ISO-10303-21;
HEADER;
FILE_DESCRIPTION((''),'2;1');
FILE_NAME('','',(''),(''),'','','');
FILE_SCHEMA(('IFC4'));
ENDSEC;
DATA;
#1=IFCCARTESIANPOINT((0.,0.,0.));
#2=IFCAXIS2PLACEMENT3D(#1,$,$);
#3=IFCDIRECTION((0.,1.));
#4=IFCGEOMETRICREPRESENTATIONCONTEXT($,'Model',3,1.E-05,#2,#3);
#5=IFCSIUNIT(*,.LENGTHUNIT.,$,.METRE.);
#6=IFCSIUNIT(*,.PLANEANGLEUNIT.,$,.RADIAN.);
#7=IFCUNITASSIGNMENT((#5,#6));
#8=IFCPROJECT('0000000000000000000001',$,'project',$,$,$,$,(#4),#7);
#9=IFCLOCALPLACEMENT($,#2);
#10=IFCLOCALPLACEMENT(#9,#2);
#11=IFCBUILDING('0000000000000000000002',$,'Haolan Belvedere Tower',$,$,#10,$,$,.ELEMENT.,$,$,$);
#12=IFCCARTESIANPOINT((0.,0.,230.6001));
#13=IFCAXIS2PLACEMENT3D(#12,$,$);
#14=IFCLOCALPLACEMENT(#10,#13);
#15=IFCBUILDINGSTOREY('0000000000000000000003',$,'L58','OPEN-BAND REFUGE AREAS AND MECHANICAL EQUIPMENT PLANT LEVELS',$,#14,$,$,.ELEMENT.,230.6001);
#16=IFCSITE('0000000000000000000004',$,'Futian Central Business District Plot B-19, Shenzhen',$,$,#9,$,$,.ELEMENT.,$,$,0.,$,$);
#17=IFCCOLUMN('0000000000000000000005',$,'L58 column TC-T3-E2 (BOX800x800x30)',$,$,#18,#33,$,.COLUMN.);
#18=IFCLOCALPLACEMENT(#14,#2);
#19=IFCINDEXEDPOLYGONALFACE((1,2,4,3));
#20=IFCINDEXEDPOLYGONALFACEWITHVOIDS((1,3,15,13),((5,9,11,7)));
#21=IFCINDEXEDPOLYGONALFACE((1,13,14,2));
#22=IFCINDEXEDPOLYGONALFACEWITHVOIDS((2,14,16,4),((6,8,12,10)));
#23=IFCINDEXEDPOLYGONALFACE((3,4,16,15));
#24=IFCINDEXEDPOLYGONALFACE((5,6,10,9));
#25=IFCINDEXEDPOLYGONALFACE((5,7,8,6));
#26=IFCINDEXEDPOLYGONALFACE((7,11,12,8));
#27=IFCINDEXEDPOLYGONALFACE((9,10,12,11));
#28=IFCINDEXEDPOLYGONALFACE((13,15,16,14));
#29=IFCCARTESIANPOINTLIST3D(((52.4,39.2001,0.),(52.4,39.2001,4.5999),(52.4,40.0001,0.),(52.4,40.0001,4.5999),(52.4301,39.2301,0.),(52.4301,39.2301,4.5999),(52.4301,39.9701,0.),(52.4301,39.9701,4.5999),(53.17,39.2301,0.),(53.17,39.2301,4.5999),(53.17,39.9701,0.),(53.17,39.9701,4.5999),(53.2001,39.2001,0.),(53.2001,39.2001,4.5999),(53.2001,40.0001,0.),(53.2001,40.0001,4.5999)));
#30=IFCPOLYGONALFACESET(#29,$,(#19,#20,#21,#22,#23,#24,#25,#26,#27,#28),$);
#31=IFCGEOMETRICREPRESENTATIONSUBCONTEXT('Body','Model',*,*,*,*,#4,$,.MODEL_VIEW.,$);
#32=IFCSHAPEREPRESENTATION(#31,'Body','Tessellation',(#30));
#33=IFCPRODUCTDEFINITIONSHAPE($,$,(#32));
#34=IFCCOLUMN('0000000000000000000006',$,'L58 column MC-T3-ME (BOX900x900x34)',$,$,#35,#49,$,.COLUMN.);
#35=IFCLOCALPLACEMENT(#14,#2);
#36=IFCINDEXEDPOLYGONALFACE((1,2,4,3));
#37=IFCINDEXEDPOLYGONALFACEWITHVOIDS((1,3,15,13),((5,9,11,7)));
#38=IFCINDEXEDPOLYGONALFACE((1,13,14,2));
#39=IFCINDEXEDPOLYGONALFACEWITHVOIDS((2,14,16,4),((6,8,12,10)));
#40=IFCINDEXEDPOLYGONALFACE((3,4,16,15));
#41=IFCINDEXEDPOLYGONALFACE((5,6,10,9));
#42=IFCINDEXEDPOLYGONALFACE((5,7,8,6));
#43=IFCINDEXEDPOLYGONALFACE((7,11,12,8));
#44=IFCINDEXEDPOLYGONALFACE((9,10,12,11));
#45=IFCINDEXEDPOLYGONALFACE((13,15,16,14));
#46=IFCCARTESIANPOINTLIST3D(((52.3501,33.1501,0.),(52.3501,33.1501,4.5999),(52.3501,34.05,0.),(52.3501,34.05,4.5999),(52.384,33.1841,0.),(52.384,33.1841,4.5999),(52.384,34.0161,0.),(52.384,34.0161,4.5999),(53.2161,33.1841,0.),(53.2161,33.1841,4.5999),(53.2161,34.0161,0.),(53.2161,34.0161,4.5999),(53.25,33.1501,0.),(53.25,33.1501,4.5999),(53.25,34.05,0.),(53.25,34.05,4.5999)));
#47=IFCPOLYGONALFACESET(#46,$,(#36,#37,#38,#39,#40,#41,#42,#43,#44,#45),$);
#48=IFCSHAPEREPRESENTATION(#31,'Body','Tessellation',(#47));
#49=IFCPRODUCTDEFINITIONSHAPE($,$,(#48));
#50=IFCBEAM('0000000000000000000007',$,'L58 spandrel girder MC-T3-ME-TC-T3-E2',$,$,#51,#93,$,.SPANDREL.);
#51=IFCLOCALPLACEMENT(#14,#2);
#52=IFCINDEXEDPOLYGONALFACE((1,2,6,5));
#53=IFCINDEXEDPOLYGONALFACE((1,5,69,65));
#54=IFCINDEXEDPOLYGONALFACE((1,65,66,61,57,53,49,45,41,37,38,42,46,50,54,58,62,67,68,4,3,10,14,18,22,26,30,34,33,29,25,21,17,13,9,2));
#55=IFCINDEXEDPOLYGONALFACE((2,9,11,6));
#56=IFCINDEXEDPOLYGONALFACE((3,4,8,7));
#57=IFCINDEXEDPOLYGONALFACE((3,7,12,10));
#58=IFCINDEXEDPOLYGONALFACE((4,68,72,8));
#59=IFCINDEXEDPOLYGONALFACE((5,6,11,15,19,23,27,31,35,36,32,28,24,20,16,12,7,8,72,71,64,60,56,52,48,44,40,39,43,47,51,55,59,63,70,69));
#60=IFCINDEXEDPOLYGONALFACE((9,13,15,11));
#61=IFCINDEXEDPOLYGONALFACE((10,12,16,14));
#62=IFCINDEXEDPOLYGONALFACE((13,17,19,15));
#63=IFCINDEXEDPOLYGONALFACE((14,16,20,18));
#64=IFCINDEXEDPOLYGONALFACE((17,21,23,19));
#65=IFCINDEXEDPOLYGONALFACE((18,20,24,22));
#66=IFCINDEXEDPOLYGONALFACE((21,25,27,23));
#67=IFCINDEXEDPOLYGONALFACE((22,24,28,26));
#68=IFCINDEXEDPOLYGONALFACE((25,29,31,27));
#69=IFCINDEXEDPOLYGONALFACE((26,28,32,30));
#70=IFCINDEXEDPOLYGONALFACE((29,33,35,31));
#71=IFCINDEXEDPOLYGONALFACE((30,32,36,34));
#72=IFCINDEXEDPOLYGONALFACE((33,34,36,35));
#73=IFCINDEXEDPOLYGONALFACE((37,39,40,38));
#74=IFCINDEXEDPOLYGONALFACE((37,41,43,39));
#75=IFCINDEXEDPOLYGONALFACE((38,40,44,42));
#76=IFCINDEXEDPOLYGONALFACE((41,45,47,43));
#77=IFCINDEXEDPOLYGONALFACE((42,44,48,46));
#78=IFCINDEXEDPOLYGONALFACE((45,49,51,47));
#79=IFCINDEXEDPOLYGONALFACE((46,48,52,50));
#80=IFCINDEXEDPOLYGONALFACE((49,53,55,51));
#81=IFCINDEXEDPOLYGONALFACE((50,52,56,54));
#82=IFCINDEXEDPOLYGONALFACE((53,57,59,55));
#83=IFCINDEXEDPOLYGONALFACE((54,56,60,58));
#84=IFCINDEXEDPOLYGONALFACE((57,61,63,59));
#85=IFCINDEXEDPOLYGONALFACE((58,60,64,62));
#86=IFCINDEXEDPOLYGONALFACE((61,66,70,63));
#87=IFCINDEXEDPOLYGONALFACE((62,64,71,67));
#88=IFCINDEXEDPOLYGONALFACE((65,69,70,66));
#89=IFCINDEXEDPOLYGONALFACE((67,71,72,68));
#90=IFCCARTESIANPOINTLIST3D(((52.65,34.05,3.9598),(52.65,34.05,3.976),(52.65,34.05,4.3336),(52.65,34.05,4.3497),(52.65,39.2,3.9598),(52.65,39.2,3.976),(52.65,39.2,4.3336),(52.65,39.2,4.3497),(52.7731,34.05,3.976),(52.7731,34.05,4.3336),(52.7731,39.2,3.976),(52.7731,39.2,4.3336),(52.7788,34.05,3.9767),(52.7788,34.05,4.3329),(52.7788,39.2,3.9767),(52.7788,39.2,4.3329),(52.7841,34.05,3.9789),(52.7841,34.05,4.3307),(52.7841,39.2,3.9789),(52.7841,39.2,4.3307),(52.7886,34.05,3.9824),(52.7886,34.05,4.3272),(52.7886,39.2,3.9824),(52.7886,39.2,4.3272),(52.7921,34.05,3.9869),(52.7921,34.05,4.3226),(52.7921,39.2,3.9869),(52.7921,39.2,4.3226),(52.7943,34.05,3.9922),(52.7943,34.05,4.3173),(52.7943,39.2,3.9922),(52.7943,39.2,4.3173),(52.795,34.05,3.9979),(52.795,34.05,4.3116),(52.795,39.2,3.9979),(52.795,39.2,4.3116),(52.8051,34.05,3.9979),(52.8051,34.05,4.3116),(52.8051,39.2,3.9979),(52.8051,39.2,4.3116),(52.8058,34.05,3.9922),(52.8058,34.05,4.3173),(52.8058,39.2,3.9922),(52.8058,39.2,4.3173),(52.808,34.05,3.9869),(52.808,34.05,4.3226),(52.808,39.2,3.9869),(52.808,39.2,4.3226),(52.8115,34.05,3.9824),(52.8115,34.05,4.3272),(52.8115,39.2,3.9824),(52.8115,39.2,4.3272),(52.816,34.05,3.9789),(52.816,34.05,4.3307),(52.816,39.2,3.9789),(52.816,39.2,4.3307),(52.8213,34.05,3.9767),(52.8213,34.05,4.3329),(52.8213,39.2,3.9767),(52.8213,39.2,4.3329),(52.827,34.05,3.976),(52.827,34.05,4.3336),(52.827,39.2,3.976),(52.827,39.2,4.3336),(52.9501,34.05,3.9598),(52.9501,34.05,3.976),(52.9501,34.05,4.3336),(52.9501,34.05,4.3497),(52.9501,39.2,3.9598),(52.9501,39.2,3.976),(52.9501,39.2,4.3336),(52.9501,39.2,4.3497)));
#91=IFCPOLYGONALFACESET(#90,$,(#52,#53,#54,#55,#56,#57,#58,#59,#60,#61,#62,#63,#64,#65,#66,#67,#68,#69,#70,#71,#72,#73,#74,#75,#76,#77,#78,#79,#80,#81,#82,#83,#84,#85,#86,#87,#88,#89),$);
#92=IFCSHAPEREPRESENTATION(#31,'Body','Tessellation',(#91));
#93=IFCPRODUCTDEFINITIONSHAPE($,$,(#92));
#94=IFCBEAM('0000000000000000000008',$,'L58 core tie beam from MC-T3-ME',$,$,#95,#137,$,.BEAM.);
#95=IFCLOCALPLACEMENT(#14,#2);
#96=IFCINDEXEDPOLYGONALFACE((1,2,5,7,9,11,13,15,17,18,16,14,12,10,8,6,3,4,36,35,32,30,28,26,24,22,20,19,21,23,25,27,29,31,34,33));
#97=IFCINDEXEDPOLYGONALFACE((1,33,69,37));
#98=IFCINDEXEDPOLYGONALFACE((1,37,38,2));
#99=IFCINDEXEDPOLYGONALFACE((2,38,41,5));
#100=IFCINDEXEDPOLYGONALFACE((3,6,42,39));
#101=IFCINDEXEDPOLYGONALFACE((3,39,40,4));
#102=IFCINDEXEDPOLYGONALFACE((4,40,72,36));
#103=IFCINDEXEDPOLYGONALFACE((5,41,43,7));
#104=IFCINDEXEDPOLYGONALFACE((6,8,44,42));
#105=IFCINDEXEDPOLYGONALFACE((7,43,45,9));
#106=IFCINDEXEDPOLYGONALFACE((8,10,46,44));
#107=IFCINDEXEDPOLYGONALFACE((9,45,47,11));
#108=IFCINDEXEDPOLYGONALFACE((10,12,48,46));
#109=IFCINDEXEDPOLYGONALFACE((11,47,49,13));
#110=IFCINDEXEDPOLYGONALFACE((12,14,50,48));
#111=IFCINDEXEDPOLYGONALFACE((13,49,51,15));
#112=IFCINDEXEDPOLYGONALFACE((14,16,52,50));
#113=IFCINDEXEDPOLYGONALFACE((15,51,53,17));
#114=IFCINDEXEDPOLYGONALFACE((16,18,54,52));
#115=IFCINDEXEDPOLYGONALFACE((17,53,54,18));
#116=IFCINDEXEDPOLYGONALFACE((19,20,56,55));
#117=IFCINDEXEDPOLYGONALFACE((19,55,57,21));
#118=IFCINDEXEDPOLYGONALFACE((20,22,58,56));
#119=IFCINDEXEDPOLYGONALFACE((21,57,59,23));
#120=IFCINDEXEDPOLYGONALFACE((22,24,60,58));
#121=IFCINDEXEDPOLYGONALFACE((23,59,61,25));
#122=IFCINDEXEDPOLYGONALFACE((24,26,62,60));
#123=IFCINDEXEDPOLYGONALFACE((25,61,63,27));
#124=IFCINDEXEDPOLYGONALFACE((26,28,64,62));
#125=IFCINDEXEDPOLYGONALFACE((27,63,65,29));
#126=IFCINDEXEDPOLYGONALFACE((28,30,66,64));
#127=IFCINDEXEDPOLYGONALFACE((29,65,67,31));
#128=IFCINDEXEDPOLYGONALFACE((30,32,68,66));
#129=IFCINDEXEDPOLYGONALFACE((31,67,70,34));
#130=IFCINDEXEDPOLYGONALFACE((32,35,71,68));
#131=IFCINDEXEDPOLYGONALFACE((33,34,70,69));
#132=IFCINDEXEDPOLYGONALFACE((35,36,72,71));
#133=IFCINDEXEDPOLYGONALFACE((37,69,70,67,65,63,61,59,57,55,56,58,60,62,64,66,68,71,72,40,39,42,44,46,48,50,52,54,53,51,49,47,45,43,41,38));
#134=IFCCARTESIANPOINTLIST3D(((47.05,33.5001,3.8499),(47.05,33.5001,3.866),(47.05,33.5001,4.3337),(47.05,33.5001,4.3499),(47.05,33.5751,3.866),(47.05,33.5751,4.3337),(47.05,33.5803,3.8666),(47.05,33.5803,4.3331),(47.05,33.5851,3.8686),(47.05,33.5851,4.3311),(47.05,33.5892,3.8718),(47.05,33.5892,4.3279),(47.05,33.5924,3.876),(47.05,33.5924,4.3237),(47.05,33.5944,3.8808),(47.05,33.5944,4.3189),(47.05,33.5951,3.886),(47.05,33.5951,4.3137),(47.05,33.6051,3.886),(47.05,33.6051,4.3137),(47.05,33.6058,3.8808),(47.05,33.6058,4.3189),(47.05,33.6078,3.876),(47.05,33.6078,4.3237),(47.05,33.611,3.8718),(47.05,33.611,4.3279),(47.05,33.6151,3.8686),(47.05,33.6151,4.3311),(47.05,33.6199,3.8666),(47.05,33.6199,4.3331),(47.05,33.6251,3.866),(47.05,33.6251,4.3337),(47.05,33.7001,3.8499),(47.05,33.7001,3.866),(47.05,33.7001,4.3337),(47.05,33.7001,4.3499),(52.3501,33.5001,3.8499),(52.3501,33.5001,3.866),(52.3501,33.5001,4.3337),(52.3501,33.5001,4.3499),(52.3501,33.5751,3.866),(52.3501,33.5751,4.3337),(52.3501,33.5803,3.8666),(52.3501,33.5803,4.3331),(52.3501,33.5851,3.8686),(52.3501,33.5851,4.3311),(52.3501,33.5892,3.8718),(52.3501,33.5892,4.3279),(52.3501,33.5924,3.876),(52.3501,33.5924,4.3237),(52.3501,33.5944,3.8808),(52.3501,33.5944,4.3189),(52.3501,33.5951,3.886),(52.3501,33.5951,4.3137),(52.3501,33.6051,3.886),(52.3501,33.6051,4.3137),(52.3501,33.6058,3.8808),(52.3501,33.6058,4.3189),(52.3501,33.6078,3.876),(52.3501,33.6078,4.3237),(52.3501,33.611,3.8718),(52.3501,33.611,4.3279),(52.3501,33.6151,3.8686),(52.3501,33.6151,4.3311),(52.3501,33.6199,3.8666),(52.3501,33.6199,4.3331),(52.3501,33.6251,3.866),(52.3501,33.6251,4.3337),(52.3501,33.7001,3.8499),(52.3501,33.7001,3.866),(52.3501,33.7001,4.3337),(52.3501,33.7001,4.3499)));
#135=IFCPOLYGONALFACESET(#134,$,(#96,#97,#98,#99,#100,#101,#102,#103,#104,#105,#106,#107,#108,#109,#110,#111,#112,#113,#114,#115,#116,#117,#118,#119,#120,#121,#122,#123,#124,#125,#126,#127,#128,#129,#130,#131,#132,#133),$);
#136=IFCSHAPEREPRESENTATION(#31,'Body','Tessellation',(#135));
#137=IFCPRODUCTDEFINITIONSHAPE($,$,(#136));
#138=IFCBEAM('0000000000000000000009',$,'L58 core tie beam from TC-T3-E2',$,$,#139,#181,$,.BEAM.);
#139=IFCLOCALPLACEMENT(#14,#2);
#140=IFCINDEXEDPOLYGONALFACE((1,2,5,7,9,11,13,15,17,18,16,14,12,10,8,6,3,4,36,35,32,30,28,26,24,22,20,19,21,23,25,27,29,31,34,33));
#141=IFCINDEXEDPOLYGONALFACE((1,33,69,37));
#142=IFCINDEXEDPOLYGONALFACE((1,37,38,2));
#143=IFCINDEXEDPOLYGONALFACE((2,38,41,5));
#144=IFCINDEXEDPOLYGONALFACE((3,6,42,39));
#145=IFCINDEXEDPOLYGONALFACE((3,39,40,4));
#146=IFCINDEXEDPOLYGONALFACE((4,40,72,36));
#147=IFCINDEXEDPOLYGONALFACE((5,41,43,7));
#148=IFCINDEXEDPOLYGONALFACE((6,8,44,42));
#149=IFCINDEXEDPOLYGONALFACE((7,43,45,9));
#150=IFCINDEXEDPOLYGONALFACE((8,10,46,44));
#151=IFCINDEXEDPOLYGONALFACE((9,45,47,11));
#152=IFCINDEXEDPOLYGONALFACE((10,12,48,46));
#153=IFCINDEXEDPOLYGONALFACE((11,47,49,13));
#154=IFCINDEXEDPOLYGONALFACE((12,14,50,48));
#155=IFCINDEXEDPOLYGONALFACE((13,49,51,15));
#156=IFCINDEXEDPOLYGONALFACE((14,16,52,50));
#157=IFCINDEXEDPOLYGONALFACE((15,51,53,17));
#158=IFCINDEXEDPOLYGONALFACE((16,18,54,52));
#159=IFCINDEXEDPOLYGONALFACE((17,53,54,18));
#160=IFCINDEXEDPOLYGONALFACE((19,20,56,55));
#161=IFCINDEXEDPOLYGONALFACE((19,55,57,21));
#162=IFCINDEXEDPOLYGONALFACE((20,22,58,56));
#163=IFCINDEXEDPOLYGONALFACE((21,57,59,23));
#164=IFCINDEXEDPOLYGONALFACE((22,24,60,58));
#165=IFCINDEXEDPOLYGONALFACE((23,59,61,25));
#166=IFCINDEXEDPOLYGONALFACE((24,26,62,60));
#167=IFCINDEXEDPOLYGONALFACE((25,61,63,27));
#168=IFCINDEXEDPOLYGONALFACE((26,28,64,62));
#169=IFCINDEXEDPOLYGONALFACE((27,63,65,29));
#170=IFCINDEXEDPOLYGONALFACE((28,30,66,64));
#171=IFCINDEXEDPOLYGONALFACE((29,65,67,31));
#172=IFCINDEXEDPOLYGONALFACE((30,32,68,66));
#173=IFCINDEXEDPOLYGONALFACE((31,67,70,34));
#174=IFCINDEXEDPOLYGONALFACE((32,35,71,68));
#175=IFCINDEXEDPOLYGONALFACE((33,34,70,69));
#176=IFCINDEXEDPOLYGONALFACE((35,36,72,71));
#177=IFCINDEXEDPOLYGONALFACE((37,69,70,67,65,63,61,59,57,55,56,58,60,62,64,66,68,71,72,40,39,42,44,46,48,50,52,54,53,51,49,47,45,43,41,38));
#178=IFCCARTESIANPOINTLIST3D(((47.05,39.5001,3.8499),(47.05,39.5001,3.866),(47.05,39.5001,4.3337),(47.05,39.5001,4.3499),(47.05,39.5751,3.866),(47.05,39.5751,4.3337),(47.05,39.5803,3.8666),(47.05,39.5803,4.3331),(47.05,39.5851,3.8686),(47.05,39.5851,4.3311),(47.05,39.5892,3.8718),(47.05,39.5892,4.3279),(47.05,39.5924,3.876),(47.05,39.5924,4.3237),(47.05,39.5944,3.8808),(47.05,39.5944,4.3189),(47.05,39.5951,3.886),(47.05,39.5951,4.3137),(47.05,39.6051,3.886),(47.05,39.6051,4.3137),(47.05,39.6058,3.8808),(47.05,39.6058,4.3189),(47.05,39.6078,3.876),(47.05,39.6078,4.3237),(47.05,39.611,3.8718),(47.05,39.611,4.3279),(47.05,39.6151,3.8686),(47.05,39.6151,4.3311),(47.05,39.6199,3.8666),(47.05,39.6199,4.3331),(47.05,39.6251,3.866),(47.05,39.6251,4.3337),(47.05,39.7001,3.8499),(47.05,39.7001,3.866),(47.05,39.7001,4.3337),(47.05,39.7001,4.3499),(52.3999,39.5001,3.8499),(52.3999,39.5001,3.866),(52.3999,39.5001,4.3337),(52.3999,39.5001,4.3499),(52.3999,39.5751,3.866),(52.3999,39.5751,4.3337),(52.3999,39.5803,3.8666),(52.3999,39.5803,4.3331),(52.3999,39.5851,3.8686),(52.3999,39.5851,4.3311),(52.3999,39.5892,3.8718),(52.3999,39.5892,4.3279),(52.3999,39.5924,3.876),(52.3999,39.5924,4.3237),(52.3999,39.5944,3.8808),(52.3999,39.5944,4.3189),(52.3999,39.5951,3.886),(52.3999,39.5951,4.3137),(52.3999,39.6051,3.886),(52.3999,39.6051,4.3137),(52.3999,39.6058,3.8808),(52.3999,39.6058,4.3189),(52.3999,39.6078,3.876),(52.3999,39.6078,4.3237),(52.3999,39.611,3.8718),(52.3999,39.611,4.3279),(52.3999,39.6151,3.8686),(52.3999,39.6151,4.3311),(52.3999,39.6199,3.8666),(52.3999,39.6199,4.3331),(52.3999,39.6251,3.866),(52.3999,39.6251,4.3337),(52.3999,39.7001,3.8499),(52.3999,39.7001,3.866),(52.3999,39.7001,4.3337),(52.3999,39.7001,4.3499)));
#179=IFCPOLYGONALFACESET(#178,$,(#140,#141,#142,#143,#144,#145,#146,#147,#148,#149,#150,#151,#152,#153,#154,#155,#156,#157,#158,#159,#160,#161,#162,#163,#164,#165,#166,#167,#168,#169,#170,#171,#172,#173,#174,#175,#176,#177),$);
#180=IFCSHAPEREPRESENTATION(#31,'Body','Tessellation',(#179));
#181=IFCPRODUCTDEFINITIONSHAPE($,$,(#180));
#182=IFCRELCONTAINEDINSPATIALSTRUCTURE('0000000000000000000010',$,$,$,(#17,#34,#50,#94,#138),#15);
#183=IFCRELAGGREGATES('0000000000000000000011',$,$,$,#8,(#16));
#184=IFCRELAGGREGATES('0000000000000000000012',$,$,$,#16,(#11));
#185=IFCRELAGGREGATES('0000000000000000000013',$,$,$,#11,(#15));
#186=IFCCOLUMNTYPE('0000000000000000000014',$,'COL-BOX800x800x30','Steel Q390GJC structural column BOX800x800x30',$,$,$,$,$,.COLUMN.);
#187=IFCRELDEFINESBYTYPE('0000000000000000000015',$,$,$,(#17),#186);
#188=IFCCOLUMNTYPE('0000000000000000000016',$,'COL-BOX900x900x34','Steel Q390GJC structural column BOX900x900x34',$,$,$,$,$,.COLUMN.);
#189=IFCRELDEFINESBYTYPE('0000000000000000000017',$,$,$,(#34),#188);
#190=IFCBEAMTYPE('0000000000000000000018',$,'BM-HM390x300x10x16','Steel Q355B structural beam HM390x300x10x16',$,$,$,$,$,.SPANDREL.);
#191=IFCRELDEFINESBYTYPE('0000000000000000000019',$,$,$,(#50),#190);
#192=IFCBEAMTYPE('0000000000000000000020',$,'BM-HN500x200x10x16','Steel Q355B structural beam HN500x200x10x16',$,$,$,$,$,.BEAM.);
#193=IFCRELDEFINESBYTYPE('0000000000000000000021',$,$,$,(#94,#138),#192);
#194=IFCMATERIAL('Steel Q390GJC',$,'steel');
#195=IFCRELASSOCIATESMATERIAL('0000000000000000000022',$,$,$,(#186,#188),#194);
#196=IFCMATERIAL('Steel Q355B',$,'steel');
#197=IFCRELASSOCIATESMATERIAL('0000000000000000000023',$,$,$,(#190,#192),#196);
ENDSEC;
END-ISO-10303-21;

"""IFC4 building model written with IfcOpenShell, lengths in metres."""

from ifc_helpers import new_model, si_unit, direction, frame, origin, origin_2d, place, context, subcontext, project, spatial, hollow_rectangle, i_section, extrude, material, material_profile, profile_set, type_object, element, save


model = new_model("IFC4")

# Units and contexts
model_context = context("Model", 3, precision=1e-05, world=origin(), true_north=direction((0.0, 1.0)))
body_context = subcontext(model_context, "Body", "Model", "MODEL_VIEW")
ifc_project = project(units=[si_unit("LENGTHUNIT", "METRE"), si_unit("PLANEANGLEUNIT", "RADIAN")], contexts=[model_context])

# Site, building, storey
site_placement = place(None, origin())
site = spatial("IfcSite", under=ifc_project, at=site_placement, Name="Futian Central Business District Plot B-19, Shenzhen", CompositionType="ELEMENT", RefElevation=0.0)
building_placement = place(site_placement, origin())
building = spatial("IfcBuilding", under=site, at=building_placement, Name="Haolan Belvedere Tower", CompositionType="ELEMENT")
storey_placement = place(building_placement, frame((0.0, 0.0, 230.6001)))
storey = spatial("IfcBuildingStorey", under=building, at=storey_placement, Name="L58", Description="OPEN-BAND REFUGE AREAS AND MECHANICAL EQUIPMENT PLANT LEVELS", CompositionType="ELEMENT", Elevation=230.6001)

# Columns
ifc_material_1 = material(Name="Steel Q390GJC", Category="steel")
ifc_material_profile_1 = material_profile(ifc_material_1, hollow_rectangle(XDim=0.8, YDim=0.8, WallThickness=0.03, at=origin_2d()), Name="Steel Q390GJC")
ifc_profile_set_1 = profile_set([ifc_material_profile_1], Name="Steel Q390GJC")
column_type_1 = type_object("IfcColumnType", Name="COL-BOX800x800x30", Description="Steel Q390GJC structural column BOX800x800x30", PredefinedType="COLUMN", material=ifc_profile_set_1)
column_1_placement = place(storey_placement, frame((52.8, 39.6001, 0.0), z_axis=(0.0, 0.0, 1.0), x_axis=(1.0, 0.0, 0.0)))
element("IfcColumn", 1, at=column_1_placement, inside=storey, type_object=column_type_1, Name="L58 column TC-T3-E2 (BOX800x800x30)", PredefinedType="COLUMN", context=body_context, shape_type="SweptSolid", body=[
    extrude(hollow_rectangle(XDim=0.8, YDim=0.8, WallThickness=0.03, at=origin_2d()), origin(), (0.0, 0.0, 1.0), 4.5999),
])
ifc_material_profile_2 = material_profile(ifc_material_1, hollow_rectangle(XDim=0.8999, YDim=0.8999, WallThickness=0.0339, at=origin_2d()), Name="Steel Q390GJC")
ifc_profile_set_2 = profile_set([ifc_material_profile_2], Name="Steel Q390GJC")
column_type_2 = type_object("IfcColumnType", Name="COL-BOX900x900x34", Description="Steel Q390GJC structural column BOX900x900x34", PredefinedType="COLUMN", material=ifc_profile_set_2)
column_2_placement = place(storey_placement, frame((52.8, 33.6001, 0.0), z_axis=(0.0, 0.0, 1.0), x_axis=(1.0, 0.0, 0.0)))
element("IfcColumn", 2, at=column_2_placement, inside=storey, type_object=column_type_2, Name="L58 column MC-T3-ME (BOX900x900x34)", PredefinedType="COLUMN", context=body_context, shape_type="SweptSolid", body=[
    extrude(hollow_rectangle(XDim=0.8999, YDim=0.8999, WallThickness=0.0339, at=origin_2d()), origin(), (0.0, 0.0, 1.0), 4.5999),
])

# Beams
ifc_material_2 = material(Name="Steel Q355B", Category="steel")
ifc_material_profile_3 = material_profile(ifc_material_2, i_section(OverallWidth=0.3, OverallDepth=0.3899, WebThickness=0.01, FlangeThickness=0.0161, FilletRadius=0.022, at=origin_2d()), Name="Steel Q355B")
ifc_profile_set_3 = profile_set([ifc_material_profile_3], Name="Steel Q355B")
beam_type_1 = type_object("IfcBeamType", Name="BM-HM390x300x10x16", Description="Steel Q355B structural beam HM390x300x10x16", PredefinedType="SPANDREL", material=ifc_profile_set_3)
beam_1_placement = place(storey_placement, frame((52.8, 34.05, 4.1548), z_axis=(0.0, 1.0, 0.0), x_axis=(-1.0, 0.0, 0.0)))
element("IfcBeam", 3, at=beam_1_placement, inside=storey, type_object=beam_type_1, Name="L58 spandrel girder MC-T3-ME-TC-T3-E2", PredefinedType="SPANDREL", context=body_context, shape_type="SweptSolid", body=[
    extrude(i_section(OverallWidth=0.3, OverallDepth=0.3899, WebThickness=0.01, FlangeThickness=0.0161, FilletRadius=0.022, at=origin_2d()), origin(), (0.0, 0.0, 1.0), 5.1499),
])
ifc_material_profile_4 = material_profile(ifc_material_2, i_section(OverallWidth=0.2, OverallDepth=0.5, WebThickness=0.01, FlangeThickness=0.0161, FilletRadius=0.02, at=origin_2d()), Name="Steel Q355B")
ifc_profile_set_4 = profile_set([ifc_material_profile_4], Name="Steel Q355B")
beam_type_2 = type_object("IfcBeamType", Name="BM-HN500x200x10x16", Description="Steel Q355B structural beam HN500x200x10x16", PredefinedType="BEAM", material=ifc_profile_set_4)
beam_2_placement = place(storey_placement, frame((52.3501, 33.6001, 4.0999), z_axis=(-1.0, 0.0, 0.0), x_axis=(0.0, -1.0, 0.0)))
element("IfcBeam", 4, at=beam_2_placement, inside=storey, type_object=beam_type_2, Name="L58 core tie beam from MC-T3-ME", PredefinedType="BEAM", context=body_context, shape_type="SweptSolid", body=[
    extrude(i_section(OverallWidth=0.2, OverallDepth=0.5, WebThickness=0.01, FlangeThickness=0.0161, FilletRadius=0.02, at=origin_2d()), origin(), (0.0, 0.0, 1.0), 5.3),
])
beam_3_placement = place(storey_placement, frame((52.3999, 39.6001, 4.0999), z_axis=(-1.0, 0.0, 0.0), x_axis=(0.0, -1.0, 0.0)))
element("IfcBeam", 5, at=beam_3_placement, inside=storey, type_object=beam_type_2, Name="L58 core tie beam from TC-T3-E2", PredefinedType="BEAM", context=body_context, shape_type="SweptSolid", body=[
    extrude(i_section(OverallWidth=0.2, OverallDepth=0.5, WebThickness=0.01, FlangeThickness=0.0161, FilletRadius=0.02, at=origin_2d()), origin(), (0.0, 0.0, 1.0), 5.3499),
])

save(model, "model.ifc")
